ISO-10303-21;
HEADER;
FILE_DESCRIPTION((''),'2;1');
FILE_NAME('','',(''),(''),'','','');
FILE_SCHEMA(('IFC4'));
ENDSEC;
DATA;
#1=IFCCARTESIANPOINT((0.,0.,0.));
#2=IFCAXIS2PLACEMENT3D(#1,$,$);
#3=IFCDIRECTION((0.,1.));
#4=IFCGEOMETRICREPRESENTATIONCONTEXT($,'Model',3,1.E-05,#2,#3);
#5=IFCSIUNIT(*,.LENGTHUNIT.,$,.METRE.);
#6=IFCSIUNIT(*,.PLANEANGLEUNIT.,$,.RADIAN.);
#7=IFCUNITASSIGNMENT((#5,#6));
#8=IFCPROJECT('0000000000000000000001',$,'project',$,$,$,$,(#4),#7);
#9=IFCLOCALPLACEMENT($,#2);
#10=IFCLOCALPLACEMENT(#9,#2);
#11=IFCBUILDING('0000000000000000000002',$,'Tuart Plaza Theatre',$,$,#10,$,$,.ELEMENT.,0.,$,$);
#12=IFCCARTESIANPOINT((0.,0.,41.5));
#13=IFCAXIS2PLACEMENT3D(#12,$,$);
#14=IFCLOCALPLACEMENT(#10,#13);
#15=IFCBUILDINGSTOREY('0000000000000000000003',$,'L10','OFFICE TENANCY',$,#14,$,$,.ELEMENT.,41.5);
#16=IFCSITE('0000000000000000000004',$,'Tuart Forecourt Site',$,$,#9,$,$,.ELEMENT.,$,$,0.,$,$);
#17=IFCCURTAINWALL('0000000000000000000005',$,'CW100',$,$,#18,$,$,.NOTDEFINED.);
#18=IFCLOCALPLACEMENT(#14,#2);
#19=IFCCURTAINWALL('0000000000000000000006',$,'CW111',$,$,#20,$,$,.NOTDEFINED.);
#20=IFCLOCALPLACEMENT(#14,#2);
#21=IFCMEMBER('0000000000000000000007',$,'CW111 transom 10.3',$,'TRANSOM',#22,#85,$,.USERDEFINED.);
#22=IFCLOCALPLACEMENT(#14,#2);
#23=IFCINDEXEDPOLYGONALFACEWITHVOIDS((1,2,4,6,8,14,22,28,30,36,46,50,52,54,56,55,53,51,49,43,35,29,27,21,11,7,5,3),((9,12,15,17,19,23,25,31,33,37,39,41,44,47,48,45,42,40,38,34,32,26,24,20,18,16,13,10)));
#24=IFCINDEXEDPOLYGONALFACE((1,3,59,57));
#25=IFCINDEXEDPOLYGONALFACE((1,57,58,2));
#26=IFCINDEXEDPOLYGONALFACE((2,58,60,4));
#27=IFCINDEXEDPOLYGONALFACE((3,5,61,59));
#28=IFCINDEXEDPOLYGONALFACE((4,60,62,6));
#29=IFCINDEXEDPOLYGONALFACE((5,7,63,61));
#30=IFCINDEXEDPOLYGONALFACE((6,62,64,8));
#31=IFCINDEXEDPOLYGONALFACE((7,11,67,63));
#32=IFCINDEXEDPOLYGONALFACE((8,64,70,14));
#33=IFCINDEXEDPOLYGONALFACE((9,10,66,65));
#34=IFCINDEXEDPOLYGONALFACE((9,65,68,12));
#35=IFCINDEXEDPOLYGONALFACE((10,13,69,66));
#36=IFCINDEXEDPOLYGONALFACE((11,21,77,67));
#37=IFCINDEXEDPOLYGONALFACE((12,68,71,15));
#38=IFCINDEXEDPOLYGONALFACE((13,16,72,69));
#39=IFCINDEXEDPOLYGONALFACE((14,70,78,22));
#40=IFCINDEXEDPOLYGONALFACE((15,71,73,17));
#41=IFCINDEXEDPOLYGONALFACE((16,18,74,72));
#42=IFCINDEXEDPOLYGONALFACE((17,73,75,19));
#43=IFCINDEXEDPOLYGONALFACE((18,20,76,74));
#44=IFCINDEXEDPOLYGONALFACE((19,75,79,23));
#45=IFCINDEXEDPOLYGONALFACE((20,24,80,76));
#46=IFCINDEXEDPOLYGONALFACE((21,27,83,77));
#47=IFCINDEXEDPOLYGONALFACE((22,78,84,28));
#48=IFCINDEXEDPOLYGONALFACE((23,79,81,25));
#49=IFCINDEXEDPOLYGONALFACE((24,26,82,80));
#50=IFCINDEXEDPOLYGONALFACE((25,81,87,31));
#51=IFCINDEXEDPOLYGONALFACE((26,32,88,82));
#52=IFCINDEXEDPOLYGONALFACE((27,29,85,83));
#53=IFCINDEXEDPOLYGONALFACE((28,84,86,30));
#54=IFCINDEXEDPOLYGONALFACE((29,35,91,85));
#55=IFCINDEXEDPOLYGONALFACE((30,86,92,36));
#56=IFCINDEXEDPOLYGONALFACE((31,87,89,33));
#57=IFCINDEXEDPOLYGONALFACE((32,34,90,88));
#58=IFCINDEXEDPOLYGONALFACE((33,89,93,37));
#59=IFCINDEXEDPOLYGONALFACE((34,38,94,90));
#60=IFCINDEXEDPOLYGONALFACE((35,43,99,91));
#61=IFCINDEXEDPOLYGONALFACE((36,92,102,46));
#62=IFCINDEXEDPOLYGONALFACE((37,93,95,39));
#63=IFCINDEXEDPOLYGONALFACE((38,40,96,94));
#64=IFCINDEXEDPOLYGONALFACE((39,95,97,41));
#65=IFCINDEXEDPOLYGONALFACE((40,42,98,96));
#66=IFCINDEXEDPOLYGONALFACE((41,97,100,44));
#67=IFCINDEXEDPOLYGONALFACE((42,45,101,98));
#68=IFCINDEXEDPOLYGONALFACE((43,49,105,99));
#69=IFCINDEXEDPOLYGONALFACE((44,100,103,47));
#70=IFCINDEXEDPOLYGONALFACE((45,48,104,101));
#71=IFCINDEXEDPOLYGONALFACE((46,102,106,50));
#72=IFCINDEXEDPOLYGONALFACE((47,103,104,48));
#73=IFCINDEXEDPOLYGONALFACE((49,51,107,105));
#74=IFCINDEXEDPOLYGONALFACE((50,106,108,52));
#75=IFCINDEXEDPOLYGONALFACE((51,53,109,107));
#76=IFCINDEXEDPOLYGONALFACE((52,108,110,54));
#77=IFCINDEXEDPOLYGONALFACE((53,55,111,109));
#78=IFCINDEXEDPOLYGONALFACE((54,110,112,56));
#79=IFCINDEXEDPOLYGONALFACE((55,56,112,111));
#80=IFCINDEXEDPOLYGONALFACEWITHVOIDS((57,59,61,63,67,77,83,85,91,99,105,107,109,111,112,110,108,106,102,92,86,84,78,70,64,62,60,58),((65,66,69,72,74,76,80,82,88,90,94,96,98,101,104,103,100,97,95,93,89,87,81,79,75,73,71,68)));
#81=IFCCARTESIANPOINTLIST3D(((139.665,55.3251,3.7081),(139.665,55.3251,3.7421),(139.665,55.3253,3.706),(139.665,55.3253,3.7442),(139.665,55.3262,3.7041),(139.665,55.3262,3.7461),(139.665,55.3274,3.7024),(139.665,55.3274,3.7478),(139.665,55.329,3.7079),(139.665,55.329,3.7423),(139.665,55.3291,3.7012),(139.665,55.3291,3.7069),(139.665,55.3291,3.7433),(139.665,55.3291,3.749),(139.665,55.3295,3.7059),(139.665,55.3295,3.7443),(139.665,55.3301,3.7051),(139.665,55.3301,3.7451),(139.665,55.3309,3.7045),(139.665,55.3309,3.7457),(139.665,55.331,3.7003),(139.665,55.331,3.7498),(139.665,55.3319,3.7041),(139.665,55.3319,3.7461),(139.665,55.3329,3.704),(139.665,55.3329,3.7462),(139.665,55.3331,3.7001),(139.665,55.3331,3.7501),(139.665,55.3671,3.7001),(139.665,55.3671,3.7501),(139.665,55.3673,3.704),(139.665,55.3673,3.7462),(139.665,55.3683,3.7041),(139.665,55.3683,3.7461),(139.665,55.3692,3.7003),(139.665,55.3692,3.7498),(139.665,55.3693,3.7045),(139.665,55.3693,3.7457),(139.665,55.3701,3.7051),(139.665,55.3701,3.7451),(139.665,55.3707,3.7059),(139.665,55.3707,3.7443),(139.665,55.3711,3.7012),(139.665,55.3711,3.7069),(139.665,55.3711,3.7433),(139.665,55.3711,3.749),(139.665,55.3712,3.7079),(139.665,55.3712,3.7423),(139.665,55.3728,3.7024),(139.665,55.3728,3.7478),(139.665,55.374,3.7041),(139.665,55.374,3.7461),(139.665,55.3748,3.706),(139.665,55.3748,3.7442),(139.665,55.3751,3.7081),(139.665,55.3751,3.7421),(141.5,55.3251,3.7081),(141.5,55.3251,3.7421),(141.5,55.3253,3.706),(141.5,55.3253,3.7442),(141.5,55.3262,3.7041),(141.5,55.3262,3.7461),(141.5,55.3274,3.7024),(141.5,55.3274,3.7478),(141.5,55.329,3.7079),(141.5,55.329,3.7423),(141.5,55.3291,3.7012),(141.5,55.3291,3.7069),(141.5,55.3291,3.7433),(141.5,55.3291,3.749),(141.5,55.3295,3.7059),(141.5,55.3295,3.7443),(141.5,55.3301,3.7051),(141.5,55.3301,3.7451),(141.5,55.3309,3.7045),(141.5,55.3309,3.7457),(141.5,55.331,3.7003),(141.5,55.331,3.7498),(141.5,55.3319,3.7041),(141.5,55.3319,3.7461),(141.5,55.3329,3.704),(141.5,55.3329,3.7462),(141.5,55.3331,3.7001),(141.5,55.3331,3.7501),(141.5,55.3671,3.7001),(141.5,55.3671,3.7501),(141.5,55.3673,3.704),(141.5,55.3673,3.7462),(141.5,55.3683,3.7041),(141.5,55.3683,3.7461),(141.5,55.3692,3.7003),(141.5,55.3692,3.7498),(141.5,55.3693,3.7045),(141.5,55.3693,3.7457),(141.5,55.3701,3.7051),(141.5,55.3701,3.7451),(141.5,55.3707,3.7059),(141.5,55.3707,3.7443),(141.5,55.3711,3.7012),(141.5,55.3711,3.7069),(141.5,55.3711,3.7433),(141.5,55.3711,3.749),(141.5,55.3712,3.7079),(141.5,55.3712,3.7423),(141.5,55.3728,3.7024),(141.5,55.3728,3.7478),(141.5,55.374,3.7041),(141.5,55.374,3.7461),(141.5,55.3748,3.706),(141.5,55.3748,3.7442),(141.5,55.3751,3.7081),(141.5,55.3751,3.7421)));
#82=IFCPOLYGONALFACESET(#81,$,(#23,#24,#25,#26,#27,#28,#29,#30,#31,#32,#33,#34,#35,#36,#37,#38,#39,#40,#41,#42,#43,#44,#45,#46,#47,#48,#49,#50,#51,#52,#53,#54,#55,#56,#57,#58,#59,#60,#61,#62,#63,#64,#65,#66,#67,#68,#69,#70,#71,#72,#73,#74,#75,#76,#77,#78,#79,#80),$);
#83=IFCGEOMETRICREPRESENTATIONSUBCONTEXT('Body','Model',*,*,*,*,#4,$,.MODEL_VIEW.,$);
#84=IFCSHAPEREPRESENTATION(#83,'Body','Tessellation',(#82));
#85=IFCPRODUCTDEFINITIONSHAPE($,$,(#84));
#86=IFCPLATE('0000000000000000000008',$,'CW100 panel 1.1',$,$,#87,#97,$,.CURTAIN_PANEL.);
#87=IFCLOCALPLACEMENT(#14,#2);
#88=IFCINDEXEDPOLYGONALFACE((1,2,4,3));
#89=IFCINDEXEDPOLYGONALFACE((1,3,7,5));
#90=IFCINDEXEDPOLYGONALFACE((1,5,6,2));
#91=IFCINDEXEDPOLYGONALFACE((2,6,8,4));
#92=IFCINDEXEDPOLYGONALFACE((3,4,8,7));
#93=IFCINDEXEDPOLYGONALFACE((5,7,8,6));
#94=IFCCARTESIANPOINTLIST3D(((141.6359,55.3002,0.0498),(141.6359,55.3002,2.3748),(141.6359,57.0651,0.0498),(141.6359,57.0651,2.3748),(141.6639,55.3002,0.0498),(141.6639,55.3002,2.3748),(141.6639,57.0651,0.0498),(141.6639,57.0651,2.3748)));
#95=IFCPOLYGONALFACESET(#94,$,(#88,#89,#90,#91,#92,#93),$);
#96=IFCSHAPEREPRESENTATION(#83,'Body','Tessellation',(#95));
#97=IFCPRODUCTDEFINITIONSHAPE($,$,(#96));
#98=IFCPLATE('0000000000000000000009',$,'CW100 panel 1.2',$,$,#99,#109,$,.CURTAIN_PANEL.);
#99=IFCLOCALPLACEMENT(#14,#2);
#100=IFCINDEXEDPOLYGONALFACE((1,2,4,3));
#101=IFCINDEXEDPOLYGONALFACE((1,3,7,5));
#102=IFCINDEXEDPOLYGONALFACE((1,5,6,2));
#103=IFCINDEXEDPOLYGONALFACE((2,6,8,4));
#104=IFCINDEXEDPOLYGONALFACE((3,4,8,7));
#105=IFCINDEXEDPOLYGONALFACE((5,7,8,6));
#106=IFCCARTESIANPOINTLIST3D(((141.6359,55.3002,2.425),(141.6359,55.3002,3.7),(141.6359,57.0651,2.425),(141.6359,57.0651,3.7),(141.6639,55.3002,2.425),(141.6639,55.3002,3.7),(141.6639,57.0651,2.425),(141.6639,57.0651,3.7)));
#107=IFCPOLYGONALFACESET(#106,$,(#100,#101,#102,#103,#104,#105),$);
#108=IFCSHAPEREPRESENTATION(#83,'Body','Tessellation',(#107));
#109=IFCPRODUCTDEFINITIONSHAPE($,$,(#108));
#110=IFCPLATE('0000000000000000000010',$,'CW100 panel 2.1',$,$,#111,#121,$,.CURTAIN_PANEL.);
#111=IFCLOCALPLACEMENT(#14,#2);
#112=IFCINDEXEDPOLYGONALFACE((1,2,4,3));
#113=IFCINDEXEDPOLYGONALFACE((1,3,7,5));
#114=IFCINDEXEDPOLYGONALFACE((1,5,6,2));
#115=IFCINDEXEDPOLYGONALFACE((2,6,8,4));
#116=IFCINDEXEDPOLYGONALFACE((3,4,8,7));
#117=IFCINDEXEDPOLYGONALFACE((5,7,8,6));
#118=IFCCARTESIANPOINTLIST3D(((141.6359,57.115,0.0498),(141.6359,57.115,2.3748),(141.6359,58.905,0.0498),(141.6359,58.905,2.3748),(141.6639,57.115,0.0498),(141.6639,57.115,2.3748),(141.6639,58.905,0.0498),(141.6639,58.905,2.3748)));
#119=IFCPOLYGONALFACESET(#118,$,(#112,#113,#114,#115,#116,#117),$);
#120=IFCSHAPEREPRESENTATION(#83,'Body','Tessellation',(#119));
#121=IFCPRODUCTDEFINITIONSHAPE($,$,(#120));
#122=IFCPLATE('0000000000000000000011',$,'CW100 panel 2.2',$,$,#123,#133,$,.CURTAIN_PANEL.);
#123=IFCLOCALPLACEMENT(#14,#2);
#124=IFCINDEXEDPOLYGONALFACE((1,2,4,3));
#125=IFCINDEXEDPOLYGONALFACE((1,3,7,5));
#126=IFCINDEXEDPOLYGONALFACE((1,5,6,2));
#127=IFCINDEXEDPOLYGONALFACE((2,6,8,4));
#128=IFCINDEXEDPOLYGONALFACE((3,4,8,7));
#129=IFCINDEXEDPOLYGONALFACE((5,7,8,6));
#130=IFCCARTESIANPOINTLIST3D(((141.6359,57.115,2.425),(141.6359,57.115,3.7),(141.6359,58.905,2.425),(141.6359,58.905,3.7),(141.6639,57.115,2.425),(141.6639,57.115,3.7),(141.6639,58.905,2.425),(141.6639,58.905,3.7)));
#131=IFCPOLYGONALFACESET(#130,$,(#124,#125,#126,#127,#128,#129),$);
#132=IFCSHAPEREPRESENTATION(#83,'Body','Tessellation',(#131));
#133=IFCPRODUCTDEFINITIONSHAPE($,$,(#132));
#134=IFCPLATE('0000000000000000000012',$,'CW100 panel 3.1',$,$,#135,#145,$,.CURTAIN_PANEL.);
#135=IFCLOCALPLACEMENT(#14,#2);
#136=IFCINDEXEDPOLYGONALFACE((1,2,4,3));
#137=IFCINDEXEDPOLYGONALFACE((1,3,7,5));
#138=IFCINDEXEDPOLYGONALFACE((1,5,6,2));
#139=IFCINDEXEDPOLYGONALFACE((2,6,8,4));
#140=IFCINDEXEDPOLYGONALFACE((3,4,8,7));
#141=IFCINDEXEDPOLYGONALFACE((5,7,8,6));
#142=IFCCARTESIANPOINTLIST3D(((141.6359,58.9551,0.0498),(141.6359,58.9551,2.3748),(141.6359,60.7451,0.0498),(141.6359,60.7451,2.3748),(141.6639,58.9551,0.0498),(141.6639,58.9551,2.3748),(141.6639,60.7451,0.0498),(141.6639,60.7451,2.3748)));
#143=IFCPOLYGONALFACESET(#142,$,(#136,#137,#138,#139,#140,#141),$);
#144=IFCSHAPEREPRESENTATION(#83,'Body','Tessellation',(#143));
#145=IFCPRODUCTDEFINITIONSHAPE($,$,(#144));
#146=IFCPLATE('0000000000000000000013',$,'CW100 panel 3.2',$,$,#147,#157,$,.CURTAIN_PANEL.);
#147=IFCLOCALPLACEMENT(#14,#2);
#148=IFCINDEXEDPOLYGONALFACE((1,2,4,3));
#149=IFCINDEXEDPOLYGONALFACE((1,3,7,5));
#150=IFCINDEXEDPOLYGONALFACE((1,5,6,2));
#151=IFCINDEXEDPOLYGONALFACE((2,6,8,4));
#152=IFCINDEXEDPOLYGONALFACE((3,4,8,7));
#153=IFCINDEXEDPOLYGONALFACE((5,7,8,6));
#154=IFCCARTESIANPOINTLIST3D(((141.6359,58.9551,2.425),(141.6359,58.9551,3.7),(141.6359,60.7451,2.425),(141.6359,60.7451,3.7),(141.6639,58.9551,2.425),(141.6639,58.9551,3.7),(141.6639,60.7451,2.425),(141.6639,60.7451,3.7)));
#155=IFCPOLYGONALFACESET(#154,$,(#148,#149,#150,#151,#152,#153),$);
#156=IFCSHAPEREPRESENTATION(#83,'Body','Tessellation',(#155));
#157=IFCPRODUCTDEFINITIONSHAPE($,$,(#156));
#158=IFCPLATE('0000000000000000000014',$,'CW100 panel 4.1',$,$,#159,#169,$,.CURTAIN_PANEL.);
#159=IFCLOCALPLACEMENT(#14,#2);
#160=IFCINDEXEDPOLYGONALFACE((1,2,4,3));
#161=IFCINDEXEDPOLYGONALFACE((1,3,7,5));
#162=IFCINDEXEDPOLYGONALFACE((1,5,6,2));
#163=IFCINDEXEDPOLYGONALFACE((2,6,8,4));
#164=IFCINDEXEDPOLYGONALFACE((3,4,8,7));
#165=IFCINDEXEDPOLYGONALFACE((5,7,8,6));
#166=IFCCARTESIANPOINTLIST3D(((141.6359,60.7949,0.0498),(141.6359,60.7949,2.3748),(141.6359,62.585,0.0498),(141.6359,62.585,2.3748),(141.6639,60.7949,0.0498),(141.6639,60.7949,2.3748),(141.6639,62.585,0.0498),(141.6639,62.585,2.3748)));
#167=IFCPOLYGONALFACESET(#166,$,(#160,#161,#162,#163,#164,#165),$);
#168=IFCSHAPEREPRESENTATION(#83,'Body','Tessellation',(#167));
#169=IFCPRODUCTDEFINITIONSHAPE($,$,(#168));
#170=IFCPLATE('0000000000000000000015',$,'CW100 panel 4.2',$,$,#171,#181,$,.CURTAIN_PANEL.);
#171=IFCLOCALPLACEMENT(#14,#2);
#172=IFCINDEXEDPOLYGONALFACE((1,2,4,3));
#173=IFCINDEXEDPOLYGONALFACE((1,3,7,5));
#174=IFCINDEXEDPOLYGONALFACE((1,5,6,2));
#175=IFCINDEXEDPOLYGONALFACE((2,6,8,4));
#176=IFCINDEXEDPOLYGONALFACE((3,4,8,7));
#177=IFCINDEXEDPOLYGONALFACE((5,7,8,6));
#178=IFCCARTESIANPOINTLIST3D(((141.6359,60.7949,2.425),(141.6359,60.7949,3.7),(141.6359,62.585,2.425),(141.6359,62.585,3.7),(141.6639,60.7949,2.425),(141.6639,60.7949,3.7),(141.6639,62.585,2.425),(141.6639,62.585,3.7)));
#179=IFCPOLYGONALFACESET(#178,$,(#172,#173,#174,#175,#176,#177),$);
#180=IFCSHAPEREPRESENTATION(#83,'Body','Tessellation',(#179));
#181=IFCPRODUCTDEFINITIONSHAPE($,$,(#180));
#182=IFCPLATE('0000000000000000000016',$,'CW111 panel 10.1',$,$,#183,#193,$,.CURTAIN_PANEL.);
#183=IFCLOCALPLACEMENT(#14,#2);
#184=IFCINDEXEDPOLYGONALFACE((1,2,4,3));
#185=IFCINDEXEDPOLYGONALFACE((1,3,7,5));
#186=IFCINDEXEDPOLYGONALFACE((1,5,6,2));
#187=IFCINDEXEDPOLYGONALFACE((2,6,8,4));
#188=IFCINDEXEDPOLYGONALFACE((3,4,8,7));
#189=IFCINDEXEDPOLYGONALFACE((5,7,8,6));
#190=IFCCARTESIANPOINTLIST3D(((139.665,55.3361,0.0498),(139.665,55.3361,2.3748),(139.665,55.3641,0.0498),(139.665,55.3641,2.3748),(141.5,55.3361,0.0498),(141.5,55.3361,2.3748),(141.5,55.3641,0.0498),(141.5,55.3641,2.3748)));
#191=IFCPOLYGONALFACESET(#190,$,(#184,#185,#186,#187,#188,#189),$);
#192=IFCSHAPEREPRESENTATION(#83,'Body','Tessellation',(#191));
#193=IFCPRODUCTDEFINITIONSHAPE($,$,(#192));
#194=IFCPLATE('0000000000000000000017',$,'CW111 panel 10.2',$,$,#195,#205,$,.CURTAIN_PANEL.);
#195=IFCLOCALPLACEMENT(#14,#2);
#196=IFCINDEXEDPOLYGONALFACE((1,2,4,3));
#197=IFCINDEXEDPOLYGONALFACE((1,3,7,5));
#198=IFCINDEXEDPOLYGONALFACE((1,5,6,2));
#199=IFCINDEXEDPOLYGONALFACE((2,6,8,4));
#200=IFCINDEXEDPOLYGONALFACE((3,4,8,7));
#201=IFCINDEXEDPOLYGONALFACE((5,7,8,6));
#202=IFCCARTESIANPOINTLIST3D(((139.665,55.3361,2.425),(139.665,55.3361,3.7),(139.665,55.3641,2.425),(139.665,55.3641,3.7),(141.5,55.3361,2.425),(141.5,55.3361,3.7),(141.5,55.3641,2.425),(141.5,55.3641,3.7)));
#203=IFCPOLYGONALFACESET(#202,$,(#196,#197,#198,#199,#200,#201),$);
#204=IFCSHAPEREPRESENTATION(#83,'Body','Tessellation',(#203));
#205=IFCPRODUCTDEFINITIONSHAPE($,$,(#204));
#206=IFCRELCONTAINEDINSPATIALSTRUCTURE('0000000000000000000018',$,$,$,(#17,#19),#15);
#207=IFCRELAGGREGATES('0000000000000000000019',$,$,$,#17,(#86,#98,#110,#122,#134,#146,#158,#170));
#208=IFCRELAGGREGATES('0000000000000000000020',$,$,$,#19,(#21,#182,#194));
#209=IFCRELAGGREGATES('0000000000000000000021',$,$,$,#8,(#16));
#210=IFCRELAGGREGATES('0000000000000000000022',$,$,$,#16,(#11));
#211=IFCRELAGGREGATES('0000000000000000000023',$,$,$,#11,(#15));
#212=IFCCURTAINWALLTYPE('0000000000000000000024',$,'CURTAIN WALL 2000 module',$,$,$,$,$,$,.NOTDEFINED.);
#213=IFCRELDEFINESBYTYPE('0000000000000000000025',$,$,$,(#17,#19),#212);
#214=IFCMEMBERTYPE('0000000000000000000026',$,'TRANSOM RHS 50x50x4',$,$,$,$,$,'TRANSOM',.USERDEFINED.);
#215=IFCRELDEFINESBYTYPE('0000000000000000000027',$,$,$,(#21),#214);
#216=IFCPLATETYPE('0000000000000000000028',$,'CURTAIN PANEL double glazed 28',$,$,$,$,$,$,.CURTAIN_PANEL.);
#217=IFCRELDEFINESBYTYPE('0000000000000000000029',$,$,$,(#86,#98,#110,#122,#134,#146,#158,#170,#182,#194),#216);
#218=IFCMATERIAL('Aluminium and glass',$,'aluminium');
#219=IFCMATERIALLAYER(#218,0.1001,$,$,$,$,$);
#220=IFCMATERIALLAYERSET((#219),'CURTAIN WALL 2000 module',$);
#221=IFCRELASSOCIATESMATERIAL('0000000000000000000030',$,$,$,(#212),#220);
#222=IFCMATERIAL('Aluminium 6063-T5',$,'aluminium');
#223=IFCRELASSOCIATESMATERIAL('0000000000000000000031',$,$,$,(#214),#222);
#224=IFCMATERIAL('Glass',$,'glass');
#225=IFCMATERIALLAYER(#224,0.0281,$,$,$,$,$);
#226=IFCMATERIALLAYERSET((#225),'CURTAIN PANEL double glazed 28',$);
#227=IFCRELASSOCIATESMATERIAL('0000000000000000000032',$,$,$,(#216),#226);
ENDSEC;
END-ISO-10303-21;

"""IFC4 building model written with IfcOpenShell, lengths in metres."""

from ifc_helpers import new_model, si_unit, direction, frame, origin, origin_2d, place, context, subcontext, project, spatial, rectangle, hollow_rectangle, extrude, material, layer, layer_set, material_profile, profile_set, type_object, element, aggregate, save


model = new_model("IFC4")

# Units and contexts
model_context = context("Model", 3, precision=1e-05, world=origin(), true_north=direction((0.0, 1.0)))
body_context = subcontext(model_context, "Body", "Model", "MODEL_VIEW")
ifc_project = project(units=[si_unit("LENGTHUNIT", "METRE"), si_unit("PLANEANGLEUNIT", "RADIAN")], contexts=[model_context])

# Site, building, storey
site_placement = place(None, origin())
site = spatial("IfcSite", under=ifc_project, at=site_placement, Name="Tuart Forecourt Site", CompositionType="ELEMENT", RefElevation=0.0)
building_placement = place(site_placement, origin())
building = spatial("IfcBuilding", under=site, at=building_placement, Name="Tuart Plaza Theatre", CompositionType="ELEMENT", ElevationOfRefHeight=0.0)
storey_placement = place(building_placement, frame((0.0, 0.0, 41.5)))
storey = spatial("IfcBuildingStorey", under=building, at=storey_placement, Name="L10", Description="OFFICE TENANCY", CompositionType="ELEMENT", Elevation=41.5)

# Curtain walls
ifc_material_1 = material(Name="Aluminium and glass", Category="aluminium")
ifc_layer_1 = layer(ifc_material_1, 0.1001)
ifc_layer_set_1 = layer_set([ifc_layer_1], Name="CURTAIN WALL 2000 module")
curtain_wall_type = type_object("IfcCurtainWallType", Name="CURTAIN WALL 2000 module", PredefinedType="NOTDEFINED", material=ifc_layer_set_1)
curtain_wall_1_placement = place(storey_placement, origin())
curtain_wall_1 = element("IfcCurtainWall", 1, at=curtain_wall_1_placement, inside=storey, type_object=curtain_wall_type, Name="CW100", PredefinedType="NOTDEFINED")
curtain_wall_2_placement = place(storey_placement, origin())
curtain_wall_2 = element("IfcCurtainWall", 2, at=curtain_wall_2_placement, inside=storey, type_object=curtain_wall_type, Name="CW111", PredefinedType="NOTDEFINED")

# Member
ifc_material_2 = material(Name="Aluminium 6063-T5", Category="aluminium")
ifc_material_profile_1 = material_profile(ifc_material_2, hollow_rectangle(XDim=0.05, YDim=0.05, WallThickness=0.0039, InnerFilletRadius=0.0039, OuterFilletRadius=0.0081, at=origin_2d()), Name="RHS 50x50x4")
ifc_profile_set_1 = profile_set([ifc_material_profile_1], Name="Aluminium 6063-T5")
member_type_1 = type_object("IfcMemberType", Name="TRANSOM RHS 50x50x4", ElementType="TRANSOM", PredefinedType="USERDEFINED", material=ifc_profile_set_1)
member_1_placement = place(storey_placement, frame((139.665, 55.3501, 3.7251), z_axis=(1.0, 0.0, 0.0), x_axis=(0.0, 1.0, 0.0)))
member_1 = element("IfcMember", 3, at=member_1_placement, type_object=member_type_1, Name="CW111 transom 10.3", ObjectType="TRANSOM", PredefinedType="USERDEFINED", context=body_context, shape_type="SweptSolid", body=[
    extrude(hollow_rectangle(XDim=0.05, YDim=0.05, WallThickness=0.0039, InnerFilletRadius=0.0039, OuterFilletRadius=0.0081, at=origin_2d()), origin(), (0.0, 0.0, 1.0), 1.835),
])

# Plates
ifc_material_3 = material(Name="Glass", Category="glass")
ifc_layer_2 = layer(ifc_material_3, 0.0281)
ifc_layer_set_2 = layer_set([ifc_layer_2], Name="CURTAIN PANEL double glazed 28")
plate_type = type_object("IfcPlateType", Name="CURTAIN PANEL double glazed 28", PredefinedType="CURTAIN_PANEL", material=ifc_layer_set_2)
plate_1_placement = place(storey_placement, frame((141.6499, 56.1826, 0.0498), z_axis=(0.0, 0.0, 1.0), x_axis=(0.0, 1.0, 0.0)))
plate_1 = element("IfcPlate", 4, at=plate_1_placement, type_object=plate_type, Name="CW100 panel 1.1", PredefinedType="CURTAIN_PANEL", context=body_context, shape_type="SweptSolid", body=[
    extrude(rectangle(XDim=1.7649, YDim=0.0281, at=origin_2d()), origin(), (0.0, 0.0, 1.0), 2.325),
])
plate_2_placement = place(storey_placement, frame((141.6499, 56.1826, 2.425), z_axis=(0.0, 0.0, 1.0), x_axis=(0.0, 1.0, 0.0)))
plate_2 = element("IfcPlate", 5, at=plate_2_placement, type_object=plate_type, Name="CW100 panel 1.2", PredefinedType="CURTAIN_PANEL", context=body_context, shape_type="SweptSolid", body=[
    extrude(rectangle(XDim=1.7649, YDim=0.0281, at=origin_2d()), origin(), (0.0, 0.0, 1.0), 1.2749),
])
plate_3_placement = place(storey_placement, frame((141.6499, 58.01, 0.0498), z_axis=(0.0, 0.0, 1.0), x_axis=(0.0, 1.0, 0.0)))
plate_3 = element("IfcPlate", 6, at=plate_3_placement, type_object=plate_type, Name="CW100 panel 2.1", PredefinedType="CURTAIN_PANEL", context=body_context, shape_type="SweptSolid", body=[
    extrude(rectangle(XDim=1.79, YDim=0.0281, at=origin_2d()), origin(), (0.0, 0.0, 1.0), 2.325),
])
plate_4_placement = place(storey_placement, frame((141.6499, 58.01, 2.425), z_axis=(0.0, 0.0, 1.0), x_axis=(0.0, 1.0, 0.0)))
plate_4 = element("IfcPlate", 7, at=plate_4_placement, type_object=plate_type, Name="CW100 panel 2.2", PredefinedType="CURTAIN_PANEL", context=body_context, shape_type="SweptSolid", body=[
    extrude(rectangle(XDim=1.79, YDim=0.0281, at=origin_2d()), origin(), (0.0, 0.0, 1.0), 1.2749),
])
plate_5_placement = place(storey_placement, frame((141.6499, 59.8501, 0.0498), z_axis=(0.0, 0.0, 1.0), x_axis=(0.0, 1.0, 0.0)))
plate_5 = element("IfcPlate", 8, at=plate_5_placement, type_object=plate_type, Name="CW100 panel 3.1", PredefinedType="CURTAIN_PANEL", context=body_context, shape_type="SweptSolid", body=[
    extrude(rectangle(XDim=1.79, YDim=0.0281, at=origin_2d()), origin(), (0.0, 0.0, 1.0), 2.325),
])
plate_6_placement = place(storey_placement, frame((141.6499, 59.8501, 2.425), z_axis=(0.0, 0.0, 1.0), x_axis=(0.0, 1.0, 0.0)))
plate_6 = element("IfcPlate", 9, at=plate_6_placement, type_object=plate_type, Name="CW100 panel 3.2", PredefinedType="CURTAIN_PANEL", context=body_context, shape_type="SweptSolid", body=[
    extrude(rectangle(XDim=1.79, YDim=0.0281, at=origin_2d()), origin(), (0.0, 0.0, 1.0), 1.2749),
])
plate_7_placement = place(storey_placement, frame((141.6499, 61.6899, 0.0498), z_axis=(0.0, 0.0, 1.0), x_axis=(0.0, 1.0, 0.0)))
plate_7 = element("IfcPlate", 10, at=plate_7_placement, type_object=plate_type, Name="CW100 panel 4.1", PredefinedType="CURTAIN_PANEL", context=body_context, shape_type="SweptSolid", body=[
    extrude(rectangle(XDim=1.79, YDim=0.0281, at=origin_2d()), origin(), (0.0, 0.0, 1.0), 2.325),
])
plate_8_placement = place(storey_placement, frame((141.6499, 61.6899, 2.425), z_axis=(0.0, 0.0, 1.0), x_axis=(0.0, 1.0, 0.0)))
plate_8 = element("IfcPlate", 11, at=plate_8_placement, type_object=plate_type, Name="CW100 panel 4.2", PredefinedType="CURTAIN_PANEL", context=body_context, shape_type="SweptSolid", body=[
    extrude(rectangle(XDim=1.79, YDim=0.0281, at=origin_2d()), origin(), (0.0, 0.0, 1.0), 1.2749),
])
aggregate(curtain_wall_1, [plate_1, plate_2, plate_3, plate_4, plate_5, plate_6, plate_7, plate_8])
plate_9_placement = place(storey_placement, frame((140.5825, 55.3501, 0.0498), z_axis=(0.0, 0.0, 1.0), x_axis=(1.0, 0.0, 0.0)))
plate_9 = element("IfcPlate", 12, at=plate_9_placement, type_object=plate_type, Name="CW111 panel 10.1", PredefinedType="CURTAIN_PANEL", context=body_context, shape_type="SweptSolid", body=[
    extrude(rectangle(XDim=1.835, YDim=0.0281, at=origin_2d()), origin(), (0.0, 0.0, 1.0), 2.325),
])
plate_10_placement = place(storey_placement, frame((140.5825, 55.3501, 2.425), z_axis=(0.0, 0.0, 1.0), x_axis=(1.0, 0.0, 0.0)))
plate_10 = element("IfcPlate", 13, at=plate_10_placement, type_object=plate_type, Name="CW111 panel 10.2", PredefinedType="CURTAIN_PANEL", context=body_context, shape_type="SweptSolid", body=[
    extrude(rectangle(XDim=1.835, YDim=0.0281, at=origin_2d()), origin(), (0.0, 0.0, 1.0), 1.2749),
])
aggregate(curtain_wall_2, [member_1, plate_9, plate_10])

save(model, "model.ifc")
